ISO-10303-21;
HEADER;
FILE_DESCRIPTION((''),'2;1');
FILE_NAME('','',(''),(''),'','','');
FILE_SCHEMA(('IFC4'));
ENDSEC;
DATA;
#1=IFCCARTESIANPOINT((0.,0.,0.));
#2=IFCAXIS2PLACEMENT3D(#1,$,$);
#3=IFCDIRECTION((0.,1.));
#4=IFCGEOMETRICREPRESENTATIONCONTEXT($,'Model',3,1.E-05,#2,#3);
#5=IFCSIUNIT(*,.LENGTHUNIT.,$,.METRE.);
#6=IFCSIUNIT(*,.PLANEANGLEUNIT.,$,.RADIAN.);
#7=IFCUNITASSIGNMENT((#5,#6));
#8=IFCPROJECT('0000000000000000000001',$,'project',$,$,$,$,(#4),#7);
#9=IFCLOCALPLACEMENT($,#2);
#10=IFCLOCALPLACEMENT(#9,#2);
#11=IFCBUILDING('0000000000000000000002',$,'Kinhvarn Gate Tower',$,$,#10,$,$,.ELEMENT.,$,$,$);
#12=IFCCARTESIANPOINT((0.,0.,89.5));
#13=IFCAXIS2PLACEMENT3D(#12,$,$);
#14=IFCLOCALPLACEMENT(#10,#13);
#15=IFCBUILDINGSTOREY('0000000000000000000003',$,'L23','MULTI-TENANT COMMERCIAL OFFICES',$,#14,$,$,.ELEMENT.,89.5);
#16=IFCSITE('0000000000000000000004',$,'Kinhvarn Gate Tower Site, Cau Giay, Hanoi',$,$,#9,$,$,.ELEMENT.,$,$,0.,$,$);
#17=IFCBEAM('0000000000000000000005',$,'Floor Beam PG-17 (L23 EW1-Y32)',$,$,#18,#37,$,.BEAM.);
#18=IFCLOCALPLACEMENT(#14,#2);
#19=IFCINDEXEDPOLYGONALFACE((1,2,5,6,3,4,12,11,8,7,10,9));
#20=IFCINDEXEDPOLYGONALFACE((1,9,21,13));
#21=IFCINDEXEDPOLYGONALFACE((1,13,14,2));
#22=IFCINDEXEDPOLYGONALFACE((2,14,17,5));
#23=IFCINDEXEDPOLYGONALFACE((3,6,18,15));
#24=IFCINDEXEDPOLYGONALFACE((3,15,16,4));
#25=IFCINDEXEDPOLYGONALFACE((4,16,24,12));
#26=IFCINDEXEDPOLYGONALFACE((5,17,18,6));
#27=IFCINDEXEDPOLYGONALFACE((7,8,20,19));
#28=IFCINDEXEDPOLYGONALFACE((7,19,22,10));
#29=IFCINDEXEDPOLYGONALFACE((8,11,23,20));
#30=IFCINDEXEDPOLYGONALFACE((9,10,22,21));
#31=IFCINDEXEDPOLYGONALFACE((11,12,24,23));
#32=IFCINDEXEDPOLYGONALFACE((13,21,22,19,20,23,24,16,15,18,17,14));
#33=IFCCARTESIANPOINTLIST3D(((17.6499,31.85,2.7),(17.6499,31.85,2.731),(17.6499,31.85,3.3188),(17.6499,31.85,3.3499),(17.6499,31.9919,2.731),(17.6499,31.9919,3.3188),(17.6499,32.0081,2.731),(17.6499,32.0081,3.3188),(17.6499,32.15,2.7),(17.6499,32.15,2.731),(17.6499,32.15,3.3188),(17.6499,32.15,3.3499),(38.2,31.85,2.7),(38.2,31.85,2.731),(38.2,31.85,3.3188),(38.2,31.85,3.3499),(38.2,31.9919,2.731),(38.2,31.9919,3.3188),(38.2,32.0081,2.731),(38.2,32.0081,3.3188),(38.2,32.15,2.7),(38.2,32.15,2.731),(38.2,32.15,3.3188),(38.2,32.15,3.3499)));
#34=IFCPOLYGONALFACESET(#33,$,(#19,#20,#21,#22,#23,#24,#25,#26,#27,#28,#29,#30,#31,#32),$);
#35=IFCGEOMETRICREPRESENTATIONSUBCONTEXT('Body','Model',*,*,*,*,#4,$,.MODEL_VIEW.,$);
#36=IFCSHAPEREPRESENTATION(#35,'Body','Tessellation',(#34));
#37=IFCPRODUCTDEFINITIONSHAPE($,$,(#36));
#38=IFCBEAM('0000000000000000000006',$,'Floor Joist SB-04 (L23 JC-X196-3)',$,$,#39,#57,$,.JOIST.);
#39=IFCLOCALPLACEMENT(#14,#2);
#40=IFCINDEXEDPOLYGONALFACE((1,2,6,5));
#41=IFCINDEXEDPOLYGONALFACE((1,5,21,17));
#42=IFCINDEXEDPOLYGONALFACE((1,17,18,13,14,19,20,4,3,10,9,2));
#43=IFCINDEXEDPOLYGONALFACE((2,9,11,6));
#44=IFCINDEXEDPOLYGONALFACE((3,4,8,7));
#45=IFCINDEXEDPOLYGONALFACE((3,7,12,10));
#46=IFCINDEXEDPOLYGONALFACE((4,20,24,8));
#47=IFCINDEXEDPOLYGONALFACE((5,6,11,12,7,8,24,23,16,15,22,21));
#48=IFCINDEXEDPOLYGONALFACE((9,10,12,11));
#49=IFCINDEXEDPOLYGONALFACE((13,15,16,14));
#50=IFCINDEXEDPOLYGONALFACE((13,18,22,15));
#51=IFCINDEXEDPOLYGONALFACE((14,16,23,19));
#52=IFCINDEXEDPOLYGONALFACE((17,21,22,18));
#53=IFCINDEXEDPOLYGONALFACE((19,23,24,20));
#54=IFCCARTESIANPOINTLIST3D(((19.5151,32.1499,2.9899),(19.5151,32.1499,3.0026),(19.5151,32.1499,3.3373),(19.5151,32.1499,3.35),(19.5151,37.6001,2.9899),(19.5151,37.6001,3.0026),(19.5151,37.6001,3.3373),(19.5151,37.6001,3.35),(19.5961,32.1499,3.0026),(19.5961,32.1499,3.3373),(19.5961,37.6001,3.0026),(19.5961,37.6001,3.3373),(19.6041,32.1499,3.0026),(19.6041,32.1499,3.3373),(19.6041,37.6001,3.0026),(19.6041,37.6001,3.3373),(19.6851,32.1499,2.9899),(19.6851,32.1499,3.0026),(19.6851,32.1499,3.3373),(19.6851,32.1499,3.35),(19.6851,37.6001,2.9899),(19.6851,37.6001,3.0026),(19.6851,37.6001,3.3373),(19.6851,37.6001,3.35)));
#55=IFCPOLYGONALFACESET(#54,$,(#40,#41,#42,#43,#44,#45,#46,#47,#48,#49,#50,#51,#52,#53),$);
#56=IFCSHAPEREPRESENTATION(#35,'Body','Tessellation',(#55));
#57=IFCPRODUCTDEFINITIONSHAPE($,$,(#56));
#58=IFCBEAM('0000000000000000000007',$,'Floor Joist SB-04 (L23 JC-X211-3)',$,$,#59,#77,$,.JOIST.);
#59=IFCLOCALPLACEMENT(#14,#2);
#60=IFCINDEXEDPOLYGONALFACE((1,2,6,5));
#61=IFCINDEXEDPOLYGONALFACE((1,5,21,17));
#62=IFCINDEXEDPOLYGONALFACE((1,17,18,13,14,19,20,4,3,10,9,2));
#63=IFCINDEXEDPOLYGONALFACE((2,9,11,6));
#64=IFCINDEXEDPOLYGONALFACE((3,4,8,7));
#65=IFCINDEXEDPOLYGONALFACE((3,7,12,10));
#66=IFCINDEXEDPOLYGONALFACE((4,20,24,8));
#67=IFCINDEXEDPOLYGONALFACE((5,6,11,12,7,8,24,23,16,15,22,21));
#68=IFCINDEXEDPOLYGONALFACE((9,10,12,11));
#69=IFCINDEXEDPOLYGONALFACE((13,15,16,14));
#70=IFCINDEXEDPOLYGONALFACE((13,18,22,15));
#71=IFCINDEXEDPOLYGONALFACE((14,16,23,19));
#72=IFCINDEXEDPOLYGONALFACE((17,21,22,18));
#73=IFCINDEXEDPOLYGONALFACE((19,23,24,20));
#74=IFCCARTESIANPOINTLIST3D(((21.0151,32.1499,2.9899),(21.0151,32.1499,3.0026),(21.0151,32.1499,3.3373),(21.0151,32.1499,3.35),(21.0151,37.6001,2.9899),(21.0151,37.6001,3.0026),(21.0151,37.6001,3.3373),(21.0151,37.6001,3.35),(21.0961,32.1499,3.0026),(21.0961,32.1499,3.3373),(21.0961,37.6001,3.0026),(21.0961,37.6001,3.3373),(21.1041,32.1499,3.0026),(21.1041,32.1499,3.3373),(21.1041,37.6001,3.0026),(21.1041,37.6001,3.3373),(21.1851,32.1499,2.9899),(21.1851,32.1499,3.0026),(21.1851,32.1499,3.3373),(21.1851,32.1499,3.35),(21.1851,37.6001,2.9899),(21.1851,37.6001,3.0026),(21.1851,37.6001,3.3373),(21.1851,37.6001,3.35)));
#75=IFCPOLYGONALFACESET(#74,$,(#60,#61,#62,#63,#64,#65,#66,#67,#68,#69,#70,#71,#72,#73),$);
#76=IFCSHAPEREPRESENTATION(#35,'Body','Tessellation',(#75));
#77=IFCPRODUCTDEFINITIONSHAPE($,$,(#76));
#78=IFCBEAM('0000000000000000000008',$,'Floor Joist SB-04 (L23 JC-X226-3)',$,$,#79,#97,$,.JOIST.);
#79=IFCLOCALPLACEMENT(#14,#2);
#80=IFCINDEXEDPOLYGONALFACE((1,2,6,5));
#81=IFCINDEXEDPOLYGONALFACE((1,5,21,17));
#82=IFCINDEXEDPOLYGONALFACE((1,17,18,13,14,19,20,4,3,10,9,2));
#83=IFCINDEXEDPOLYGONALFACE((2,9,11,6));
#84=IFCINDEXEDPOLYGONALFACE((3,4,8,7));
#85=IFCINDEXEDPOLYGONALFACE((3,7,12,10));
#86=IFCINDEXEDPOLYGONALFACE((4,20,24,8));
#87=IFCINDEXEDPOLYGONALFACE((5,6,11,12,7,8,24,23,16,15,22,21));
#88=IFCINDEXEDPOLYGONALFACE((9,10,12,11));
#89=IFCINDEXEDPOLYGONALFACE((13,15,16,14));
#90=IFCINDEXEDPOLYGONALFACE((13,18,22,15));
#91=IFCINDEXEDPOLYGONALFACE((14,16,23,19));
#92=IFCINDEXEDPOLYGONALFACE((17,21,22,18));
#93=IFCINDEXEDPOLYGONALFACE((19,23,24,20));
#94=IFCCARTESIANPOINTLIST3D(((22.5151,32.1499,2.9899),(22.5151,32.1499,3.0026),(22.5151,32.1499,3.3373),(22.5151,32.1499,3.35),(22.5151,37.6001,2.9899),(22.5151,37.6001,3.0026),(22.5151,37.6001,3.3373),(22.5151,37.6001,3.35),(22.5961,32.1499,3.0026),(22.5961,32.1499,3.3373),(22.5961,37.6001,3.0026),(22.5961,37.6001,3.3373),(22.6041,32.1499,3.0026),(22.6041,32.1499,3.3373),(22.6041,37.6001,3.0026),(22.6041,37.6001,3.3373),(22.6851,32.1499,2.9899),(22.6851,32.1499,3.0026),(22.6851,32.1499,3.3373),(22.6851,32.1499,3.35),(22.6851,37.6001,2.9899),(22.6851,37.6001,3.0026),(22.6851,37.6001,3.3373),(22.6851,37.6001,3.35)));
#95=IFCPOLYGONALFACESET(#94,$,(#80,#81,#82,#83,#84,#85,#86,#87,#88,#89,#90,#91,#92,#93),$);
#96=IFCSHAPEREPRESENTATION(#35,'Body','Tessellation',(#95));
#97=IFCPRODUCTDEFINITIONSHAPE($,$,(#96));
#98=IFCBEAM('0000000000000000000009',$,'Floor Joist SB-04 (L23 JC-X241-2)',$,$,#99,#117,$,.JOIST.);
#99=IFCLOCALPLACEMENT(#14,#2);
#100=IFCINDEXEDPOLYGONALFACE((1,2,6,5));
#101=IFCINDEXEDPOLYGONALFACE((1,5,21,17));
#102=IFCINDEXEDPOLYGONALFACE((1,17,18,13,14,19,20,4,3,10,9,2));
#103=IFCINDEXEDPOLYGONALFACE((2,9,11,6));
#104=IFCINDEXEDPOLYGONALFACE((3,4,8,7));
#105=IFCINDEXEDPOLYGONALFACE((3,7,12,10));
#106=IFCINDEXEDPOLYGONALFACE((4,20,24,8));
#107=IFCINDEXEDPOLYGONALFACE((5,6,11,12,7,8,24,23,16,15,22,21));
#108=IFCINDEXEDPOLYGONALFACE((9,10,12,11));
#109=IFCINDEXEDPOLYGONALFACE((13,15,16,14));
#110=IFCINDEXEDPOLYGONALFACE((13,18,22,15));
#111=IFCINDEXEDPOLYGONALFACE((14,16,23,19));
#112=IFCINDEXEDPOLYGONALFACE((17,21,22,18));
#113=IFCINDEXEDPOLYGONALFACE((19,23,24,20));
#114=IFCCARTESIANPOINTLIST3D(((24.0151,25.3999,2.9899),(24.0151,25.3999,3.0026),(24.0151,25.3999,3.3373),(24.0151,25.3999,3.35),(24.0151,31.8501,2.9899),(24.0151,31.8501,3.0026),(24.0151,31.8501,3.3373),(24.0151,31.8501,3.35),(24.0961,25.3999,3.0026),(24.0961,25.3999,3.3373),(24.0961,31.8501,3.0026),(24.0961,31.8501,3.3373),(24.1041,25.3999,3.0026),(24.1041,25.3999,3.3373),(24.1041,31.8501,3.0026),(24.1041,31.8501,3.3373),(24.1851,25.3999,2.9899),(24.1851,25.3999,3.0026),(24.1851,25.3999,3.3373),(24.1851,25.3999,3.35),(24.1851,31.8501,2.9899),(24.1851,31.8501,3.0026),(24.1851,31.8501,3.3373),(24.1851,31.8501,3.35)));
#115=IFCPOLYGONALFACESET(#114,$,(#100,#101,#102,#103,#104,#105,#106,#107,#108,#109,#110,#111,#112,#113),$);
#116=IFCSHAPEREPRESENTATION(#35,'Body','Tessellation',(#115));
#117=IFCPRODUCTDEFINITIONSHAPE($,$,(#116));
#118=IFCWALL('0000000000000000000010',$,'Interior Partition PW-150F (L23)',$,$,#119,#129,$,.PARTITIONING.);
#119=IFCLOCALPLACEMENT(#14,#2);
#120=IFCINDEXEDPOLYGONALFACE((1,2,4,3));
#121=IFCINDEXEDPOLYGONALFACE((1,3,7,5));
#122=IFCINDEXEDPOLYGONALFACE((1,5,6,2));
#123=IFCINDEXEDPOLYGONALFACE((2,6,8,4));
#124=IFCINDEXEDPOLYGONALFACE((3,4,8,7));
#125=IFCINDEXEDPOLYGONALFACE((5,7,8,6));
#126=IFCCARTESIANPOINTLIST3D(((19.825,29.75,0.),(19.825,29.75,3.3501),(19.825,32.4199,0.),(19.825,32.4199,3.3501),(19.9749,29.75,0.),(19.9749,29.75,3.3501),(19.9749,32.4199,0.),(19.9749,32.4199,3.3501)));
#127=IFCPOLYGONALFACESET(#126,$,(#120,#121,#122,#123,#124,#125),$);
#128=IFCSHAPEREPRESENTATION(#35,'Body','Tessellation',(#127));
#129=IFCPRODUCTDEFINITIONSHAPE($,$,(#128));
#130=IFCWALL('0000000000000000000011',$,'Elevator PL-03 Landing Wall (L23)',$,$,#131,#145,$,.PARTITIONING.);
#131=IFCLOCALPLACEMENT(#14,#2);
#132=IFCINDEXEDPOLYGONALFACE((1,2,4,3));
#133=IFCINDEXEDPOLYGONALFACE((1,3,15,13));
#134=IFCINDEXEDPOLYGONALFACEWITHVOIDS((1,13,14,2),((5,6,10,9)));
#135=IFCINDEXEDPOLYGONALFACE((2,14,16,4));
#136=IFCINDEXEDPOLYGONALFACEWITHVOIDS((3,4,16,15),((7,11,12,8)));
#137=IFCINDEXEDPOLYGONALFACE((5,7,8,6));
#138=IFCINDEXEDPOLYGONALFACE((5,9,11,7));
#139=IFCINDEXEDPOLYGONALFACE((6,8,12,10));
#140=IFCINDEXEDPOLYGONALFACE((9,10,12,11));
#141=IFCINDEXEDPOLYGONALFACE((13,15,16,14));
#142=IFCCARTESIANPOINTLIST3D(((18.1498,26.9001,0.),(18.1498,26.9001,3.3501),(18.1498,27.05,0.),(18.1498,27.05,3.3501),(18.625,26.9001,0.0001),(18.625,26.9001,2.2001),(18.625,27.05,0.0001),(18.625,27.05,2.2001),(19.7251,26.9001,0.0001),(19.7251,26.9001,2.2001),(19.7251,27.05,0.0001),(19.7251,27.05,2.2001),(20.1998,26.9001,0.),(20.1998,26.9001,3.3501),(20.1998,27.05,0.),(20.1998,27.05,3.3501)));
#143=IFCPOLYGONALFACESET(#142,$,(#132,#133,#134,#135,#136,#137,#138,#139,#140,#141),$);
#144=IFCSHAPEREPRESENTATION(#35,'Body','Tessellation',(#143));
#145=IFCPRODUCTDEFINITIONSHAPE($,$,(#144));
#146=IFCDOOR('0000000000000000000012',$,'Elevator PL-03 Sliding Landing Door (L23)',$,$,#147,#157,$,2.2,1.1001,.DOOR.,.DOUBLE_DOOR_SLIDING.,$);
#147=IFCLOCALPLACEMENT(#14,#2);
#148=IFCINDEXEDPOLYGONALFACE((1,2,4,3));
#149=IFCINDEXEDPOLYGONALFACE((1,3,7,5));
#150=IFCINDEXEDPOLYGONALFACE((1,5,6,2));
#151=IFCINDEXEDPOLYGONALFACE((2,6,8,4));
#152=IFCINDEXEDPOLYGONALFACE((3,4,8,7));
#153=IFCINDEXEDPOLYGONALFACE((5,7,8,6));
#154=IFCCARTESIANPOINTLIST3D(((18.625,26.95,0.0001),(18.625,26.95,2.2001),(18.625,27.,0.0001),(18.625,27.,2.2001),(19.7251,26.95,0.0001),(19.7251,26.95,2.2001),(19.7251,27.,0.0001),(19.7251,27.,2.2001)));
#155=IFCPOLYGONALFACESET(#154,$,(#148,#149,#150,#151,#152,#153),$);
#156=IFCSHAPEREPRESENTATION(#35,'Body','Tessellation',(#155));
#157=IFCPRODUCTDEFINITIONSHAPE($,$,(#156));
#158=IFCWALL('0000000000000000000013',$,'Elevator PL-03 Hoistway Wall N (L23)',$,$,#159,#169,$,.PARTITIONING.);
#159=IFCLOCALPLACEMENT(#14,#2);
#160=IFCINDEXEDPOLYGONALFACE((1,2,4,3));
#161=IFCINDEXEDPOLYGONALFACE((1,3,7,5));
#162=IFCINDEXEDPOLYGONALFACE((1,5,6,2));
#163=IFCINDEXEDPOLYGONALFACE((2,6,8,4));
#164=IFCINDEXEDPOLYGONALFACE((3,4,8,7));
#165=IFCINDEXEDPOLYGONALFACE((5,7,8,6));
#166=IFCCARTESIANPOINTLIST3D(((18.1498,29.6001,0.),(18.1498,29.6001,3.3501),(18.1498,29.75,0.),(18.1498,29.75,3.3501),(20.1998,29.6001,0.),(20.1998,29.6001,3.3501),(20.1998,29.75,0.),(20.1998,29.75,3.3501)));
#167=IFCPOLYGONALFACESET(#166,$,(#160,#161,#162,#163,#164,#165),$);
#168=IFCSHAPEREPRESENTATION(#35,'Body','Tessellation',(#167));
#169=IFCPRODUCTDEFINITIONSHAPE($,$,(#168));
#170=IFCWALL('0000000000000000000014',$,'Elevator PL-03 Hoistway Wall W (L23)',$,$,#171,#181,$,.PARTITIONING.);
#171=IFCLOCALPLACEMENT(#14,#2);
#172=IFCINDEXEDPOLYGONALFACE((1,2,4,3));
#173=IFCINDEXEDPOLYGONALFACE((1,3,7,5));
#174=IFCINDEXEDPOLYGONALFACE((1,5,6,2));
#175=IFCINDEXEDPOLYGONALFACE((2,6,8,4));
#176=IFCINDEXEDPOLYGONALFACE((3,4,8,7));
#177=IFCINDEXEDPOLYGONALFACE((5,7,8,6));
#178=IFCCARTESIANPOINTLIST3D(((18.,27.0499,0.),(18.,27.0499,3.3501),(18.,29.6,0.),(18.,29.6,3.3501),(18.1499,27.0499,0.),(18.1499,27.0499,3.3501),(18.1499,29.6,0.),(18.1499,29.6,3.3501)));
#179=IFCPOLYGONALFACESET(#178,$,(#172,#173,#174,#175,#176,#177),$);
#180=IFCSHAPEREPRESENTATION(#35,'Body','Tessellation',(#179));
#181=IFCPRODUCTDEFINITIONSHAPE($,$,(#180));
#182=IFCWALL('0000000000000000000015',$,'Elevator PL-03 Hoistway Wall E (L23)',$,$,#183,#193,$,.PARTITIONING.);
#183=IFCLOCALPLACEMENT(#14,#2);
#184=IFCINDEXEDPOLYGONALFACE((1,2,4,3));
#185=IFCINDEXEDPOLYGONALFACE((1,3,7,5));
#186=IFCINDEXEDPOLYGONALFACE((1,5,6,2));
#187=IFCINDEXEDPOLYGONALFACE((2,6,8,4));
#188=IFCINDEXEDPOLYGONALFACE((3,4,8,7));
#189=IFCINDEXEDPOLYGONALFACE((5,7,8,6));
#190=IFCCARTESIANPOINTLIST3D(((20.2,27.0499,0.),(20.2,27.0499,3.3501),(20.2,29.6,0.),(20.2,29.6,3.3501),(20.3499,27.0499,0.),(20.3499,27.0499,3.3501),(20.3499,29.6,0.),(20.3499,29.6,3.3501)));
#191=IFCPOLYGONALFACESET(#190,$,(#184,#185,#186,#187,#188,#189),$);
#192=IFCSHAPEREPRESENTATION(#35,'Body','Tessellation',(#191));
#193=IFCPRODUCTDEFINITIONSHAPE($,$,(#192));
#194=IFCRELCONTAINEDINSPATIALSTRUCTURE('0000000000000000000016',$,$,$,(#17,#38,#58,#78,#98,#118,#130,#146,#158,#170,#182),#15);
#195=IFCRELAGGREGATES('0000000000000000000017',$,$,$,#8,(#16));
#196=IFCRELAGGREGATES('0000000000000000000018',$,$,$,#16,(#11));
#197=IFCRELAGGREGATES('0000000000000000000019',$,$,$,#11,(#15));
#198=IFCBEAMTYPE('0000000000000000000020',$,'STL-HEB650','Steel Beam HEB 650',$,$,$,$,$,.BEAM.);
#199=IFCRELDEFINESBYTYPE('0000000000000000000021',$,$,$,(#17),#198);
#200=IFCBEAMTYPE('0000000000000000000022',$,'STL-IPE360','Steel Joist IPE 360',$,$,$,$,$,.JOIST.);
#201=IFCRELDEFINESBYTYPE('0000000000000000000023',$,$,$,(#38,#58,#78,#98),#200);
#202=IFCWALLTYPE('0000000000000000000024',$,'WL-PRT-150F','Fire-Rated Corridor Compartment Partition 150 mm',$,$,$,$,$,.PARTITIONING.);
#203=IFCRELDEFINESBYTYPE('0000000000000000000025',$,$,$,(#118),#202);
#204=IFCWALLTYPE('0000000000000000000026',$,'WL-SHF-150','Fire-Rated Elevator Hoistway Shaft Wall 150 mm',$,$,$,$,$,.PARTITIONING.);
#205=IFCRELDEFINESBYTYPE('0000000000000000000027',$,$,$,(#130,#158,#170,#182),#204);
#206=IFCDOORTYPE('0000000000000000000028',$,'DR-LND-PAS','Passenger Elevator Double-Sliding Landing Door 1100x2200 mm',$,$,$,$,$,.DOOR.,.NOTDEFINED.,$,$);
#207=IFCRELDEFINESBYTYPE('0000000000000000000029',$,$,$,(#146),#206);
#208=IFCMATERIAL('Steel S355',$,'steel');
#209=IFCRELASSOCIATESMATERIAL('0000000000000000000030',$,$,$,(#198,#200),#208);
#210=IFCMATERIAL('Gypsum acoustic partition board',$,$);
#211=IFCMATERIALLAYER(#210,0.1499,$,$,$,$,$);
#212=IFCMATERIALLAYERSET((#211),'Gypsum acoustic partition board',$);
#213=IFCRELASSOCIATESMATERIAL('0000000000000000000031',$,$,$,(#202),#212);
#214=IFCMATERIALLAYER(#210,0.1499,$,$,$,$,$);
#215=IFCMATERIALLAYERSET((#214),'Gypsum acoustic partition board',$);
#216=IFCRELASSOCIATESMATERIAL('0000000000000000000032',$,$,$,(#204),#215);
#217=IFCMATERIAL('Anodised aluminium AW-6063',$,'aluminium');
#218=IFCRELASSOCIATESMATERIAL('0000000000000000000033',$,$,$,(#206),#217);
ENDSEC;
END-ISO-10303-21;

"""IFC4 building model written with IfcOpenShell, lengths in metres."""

from ifc_helpers import new_model, si_unit, direction, frame, frame_2d, origin, origin_2d, place, context, subcontext, project, spatial, rectangle, i_section, extrude, material, layer, layer_set, material_profile, profile_set, type_object, element, fill, save


model = new_model("IFC4")

# Units and contexts
model_context = context("Model", 3, precision=1e-05, world=origin(), true_north=direction((0.0, 1.0)))
body_context = subcontext(model_context, "Body", "Model", "MODEL_VIEW")
ifc_project = project(units=[si_unit("LENGTHUNIT", "METRE"), si_unit("PLANEANGLEUNIT", "RADIAN")], contexts=[model_context])

# Site, building, storey
site_placement = place(None, origin())
site = spatial("IfcSite", under=ifc_project, at=site_placement, Name="Kinhvarn Gate Tower Site, Cau Giay, Hanoi", CompositionType="ELEMENT", RefElevation=0.0)
building_placement = place(site_placement, origin())
building = spatial("IfcBuilding", under=site, at=building_placement, Name="Kinhvarn Gate Tower", CompositionType="ELEMENT")
storey_placement = place(building_placement, frame((0.0, 0.0, 89.5)))
storey = spatial("IfcBuildingStorey", under=building, at=storey_placement, Name="L23", Description="MULTI-TENANT COMMERCIAL OFFICES", CompositionType="ELEMENT", Elevation=89.5)

# Beams
ifc_material_1 = material(Name="Steel S355", Category="steel")
ifc_material_profile_1 = material_profile(ifc_material_1, i_section(OverallWidth=0.3, OverallDepth=0.6499, WebThickness=0.0161, FlangeThickness=0.031, at=origin_2d()), Name="HEB 650")
ifc_profile_set_1 = profile_set([ifc_material_profile_1], Name="Steel S355")
beam_type_1 = type_object("IfcBeamType", Name="STL-HEB650", Description="Steel Beam HEB 650", PredefinedType="BEAM", material=ifc_profile_set_1)
beam_1_placement = place(storey_placement, frame((17.6499, 32.0, 3.0249), z_axis=(1.0, 0.0, 0.0), x_axis=(0.0, 1.0, 0.0)))
element("IfcBeam", 1, at=beam_1_placement, inside=storey, type_object=beam_type_1, Name="Floor Beam PG-17 (L23 EW1-Y32)", PredefinedType="BEAM", context=body_context, shape_type="SweptSolid", body=[
    extrude(i_section(OverallWidth=0.3, OverallDepth=0.6499, WebThickness=0.0161, FlangeThickness=0.031, at=origin_2d()), origin(), (0.0, 0.0, 1.0), 20.55),
])
ifc_material_profile_2 = material_profile(ifc_material_1, i_section(OverallWidth=0.1699, OverallDepth=0.3601, WebThickness=0.0081, FlangeThickness=0.0127, at=origin_2d()), Name="IPE 360")
ifc_profile_set_2 = profile_set([ifc_material_profile_2], Name="Steel S355")
beam_type_2 = type_object("IfcBeamType", Name="STL-IPE360", Description="Steel Joist IPE 360", PredefinedType="JOIST", material=ifc_profile_set_2)
for number, where, z_axis, x_axis, name in (
    (2, (19.6001, 32.1499, 3.1699), (0.0, 1.0, 0.0), (-1.0, 0.0, 0.0), "Floor Joist SB-04 (L23 JC-X196-3)"),
    (3, (21.1001, 32.1499, 3.1699), (0.0, 1.0, 0.0), (-1.0, 0.0, 0.0), "Floor Joist SB-04 (L23 JC-X211-3)"),
    (4, (22.6001, 32.1499, 3.1699), (0.0, 1.0, 0.0), (-1.0, 0.0, 0.0), "Floor Joist SB-04 (L23 JC-X226-3)"),
):
    element("IfcBeam", number, at=place(storey_placement, frame(where, z_axis=z_axis, x_axis=x_axis)), inside=storey, type_object=beam_type_2, Name=name, PredefinedType="JOIST", context=body_context, shape_type="SweptSolid", body=[
        extrude(i_section(OverallWidth=0.1699, OverallDepth=0.3601, WebThickness=0.0081, FlangeThickness=0.0127, at=origin_2d()), origin(), (0.0, 0.0, 1.0), 5.4502),
    ])
beam_2_placement = place(storey_placement, frame((24.1001, 25.3999, 3.1699), z_axis=(0.0, 1.0, 0.0), x_axis=(-1.0, 0.0, 0.0)))
element("IfcBeam", 5, at=beam_2_placement, inside=storey, type_object=beam_type_2, Name="Floor Joist SB-04 (L23 JC-X241-2)", PredefinedType="JOIST", context=body_context, shape_type="SweptSolid", body=[
    extrude(i_section(OverallWidth=0.1699, OverallDepth=0.3601, WebThickness=0.0081, FlangeThickness=0.0127, at=origin_2d()), origin(), (0.0, 0.0, 1.0), 6.4502),
])

# Shared definitions
ifc_material_2 = material(Name="Anodised aluminium AW-6063", Category="aluminium")
ifc_material_3 = material(Name="Gypsum acoustic partition board")
ifc_layer_1 = layer(ifc_material_3, 0.1499)
ifc_layer_set_1 = layer_set([ifc_layer_1], Name="Gypsum acoustic partition board")
wall_type_1 = type_object("IfcWallType", Name="WL-PRT-150F", Description="Fire-Rated Corridor Compartment Partition 150 mm", PredefinedType="PARTITIONING", material=ifc_layer_set_1)

# Wall
wall_1_placement = place(storey_placement, frame((19.8999, 29.75, 0.0), z_axis=(0.0, 0.0, 1.0), x_axis=(0.0, 1.0, 0.0)))
element("IfcWall", 6, at=wall_1_placement, inside=storey, type_object=wall_type_1, Name="Interior Partition PW-150F (L23)", PredefinedType="PARTITIONING", context=body_context, shape_type="SweptSolid", body=[
    extrude(rectangle(XDim=2.6699, YDim=0.1499, at=frame_2d((1.335, 0.0))), origin(), (0.0, 0.0, 1.0), 3.3501),
])

# Wall, opening, door
ifc_layer_2 = layer(ifc_material_3, 0.1499)
ifc_layer_set_2 = layer_set([ifc_layer_2], Name="Gypsum acoustic partition board")
wall_type_2 = type_object("IfcWallType", Name="WL-SHF-150", Description="Fire-Rated Elevator Hoistway Shaft Wall 150 mm", PredefinedType="PARTITIONING", material=ifc_layer_set_2)
wall_2_placement = place(storey_placement, frame((18.1499, 26.9751, 0.0), z_axis=(0.0, 0.0, 1.0), x_axis=(1.0, 0.0, 0.0)))
wall_2 = element("IfcWall", 7, at=wall_2_placement, inside=storey, type_object=wall_type_2, Name="Elevator PL-03 Landing Wall (L23)", PredefinedType="PARTITIONING", context=body_context, shape_type="SweptSolid", body=[
    extrude(rectangle(XDim=2.05, YDim=0.1499, at=frame_2d((1.0249, 0.0))), origin(), (0.0, 0.0, 1.0), 3.3501),
])
opening_1_placement = place(wall_2_placement, frame((0.4751, 0.0, 0.0)))
opening_1 = element("IfcOpeningElement", 8, at=opening_1_placement, cuts=wall_2, PredefinedType="OPENING", context=body_context, shape_type="SweptSolid", body=[
    extrude(rectangle(XDim=1.1001, YDim=2.2, at=frame_2d((0.55, 1.1001))), frame((0.0, 0.085, 0.0), z_axis=(0.0, -1.0, 0.0), x_axis=(1.0, 0.0, 0.0)), (0.0, 0.0, 1.0), 0.1699),
])
door_type_1 = type_object("IfcDoorType", Name="DR-LND-PAS", Description="Passenger Elevator Double-Sliding Landing Door 1100x2200 mm", OperationType="NOTDEFINED", PredefinedType="DOOR", material=ifc_material_2)
door_1_placement = place(opening_1_placement, origin())
door_1 = element("IfcDoor", 9, at=door_1_placement, inside=storey, type_object=door_type_1, Name="Elevator PL-03 Sliding Landing Door (L23)", OperationType="DOUBLE_DOOR_SLIDING", OverallHeight=2.2, OverallWidth=1.1001, PredefinedType="DOOR", context=body_context, shape_type="SweptSolid", body=[
    extrude(rectangle(XDim=1.1001, YDim=2.2, at=frame_2d((0.55, 1.1001))), frame((0.0, 0.0249, 0.0), z_axis=(0.0, -1.0, 0.0), x_axis=(1.0, 0.0, 0.0)), (0.0, 0.0, 1.0), 0.05),
])
fill(opening_1, door_1)

# Walls
wall_3_placement = place(storey_placement, frame((18.1499, 29.675, 0.0), z_axis=(0.0, 0.0, 1.0), x_axis=(1.0, 0.0, 0.0)))
element("IfcWall", 10, at=wall_3_placement, inside=storey, type_object=wall_type_2, Name="Elevator PL-03 Hoistway Wall N (L23)", PredefinedType="PARTITIONING", context=body_context, shape_type="SweptSolid", body=[
    extrude(rectangle(XDim=2.05, YDim=0.1499, at=frame_2d((1.0249, 0.0))), origin(), (0.0, 0.0, 1.0), 3.3501),
])
for number, where, z_axis, x_axis, name in (
    (11, (18.075, 27.05, 0.0), (0.0, 0.0, 1.0), (0.0, 1.0, 0.0), "Elevator PL-03 Hoistway Wall W (L23)"),
    (12, (20.2749, 27.05, 0.0), (0.0, 0.0, 1.0), (0.0, 1.0, 0.0), "Elevator PL-03 Hoistway Wall E (L23)"),
):
    element("IfcWall", number, at=place(storey_placement, frame(where, z_axis=z_axis, x_axis=x_axis)), inside=storey, type_object=wall_type_2, Name=name, PredefinedType="PARTITIONING", context=body_context, shape_type="SweptSolid", body=[
        extrude(rectangle(XDim=2.55, YDim=0.1499, at=frame_2d((1.2749, 0.0))), origin(), (0.0, 0.0, 1.0), 3.3501),
    ])

save(model, "model.ifc")
